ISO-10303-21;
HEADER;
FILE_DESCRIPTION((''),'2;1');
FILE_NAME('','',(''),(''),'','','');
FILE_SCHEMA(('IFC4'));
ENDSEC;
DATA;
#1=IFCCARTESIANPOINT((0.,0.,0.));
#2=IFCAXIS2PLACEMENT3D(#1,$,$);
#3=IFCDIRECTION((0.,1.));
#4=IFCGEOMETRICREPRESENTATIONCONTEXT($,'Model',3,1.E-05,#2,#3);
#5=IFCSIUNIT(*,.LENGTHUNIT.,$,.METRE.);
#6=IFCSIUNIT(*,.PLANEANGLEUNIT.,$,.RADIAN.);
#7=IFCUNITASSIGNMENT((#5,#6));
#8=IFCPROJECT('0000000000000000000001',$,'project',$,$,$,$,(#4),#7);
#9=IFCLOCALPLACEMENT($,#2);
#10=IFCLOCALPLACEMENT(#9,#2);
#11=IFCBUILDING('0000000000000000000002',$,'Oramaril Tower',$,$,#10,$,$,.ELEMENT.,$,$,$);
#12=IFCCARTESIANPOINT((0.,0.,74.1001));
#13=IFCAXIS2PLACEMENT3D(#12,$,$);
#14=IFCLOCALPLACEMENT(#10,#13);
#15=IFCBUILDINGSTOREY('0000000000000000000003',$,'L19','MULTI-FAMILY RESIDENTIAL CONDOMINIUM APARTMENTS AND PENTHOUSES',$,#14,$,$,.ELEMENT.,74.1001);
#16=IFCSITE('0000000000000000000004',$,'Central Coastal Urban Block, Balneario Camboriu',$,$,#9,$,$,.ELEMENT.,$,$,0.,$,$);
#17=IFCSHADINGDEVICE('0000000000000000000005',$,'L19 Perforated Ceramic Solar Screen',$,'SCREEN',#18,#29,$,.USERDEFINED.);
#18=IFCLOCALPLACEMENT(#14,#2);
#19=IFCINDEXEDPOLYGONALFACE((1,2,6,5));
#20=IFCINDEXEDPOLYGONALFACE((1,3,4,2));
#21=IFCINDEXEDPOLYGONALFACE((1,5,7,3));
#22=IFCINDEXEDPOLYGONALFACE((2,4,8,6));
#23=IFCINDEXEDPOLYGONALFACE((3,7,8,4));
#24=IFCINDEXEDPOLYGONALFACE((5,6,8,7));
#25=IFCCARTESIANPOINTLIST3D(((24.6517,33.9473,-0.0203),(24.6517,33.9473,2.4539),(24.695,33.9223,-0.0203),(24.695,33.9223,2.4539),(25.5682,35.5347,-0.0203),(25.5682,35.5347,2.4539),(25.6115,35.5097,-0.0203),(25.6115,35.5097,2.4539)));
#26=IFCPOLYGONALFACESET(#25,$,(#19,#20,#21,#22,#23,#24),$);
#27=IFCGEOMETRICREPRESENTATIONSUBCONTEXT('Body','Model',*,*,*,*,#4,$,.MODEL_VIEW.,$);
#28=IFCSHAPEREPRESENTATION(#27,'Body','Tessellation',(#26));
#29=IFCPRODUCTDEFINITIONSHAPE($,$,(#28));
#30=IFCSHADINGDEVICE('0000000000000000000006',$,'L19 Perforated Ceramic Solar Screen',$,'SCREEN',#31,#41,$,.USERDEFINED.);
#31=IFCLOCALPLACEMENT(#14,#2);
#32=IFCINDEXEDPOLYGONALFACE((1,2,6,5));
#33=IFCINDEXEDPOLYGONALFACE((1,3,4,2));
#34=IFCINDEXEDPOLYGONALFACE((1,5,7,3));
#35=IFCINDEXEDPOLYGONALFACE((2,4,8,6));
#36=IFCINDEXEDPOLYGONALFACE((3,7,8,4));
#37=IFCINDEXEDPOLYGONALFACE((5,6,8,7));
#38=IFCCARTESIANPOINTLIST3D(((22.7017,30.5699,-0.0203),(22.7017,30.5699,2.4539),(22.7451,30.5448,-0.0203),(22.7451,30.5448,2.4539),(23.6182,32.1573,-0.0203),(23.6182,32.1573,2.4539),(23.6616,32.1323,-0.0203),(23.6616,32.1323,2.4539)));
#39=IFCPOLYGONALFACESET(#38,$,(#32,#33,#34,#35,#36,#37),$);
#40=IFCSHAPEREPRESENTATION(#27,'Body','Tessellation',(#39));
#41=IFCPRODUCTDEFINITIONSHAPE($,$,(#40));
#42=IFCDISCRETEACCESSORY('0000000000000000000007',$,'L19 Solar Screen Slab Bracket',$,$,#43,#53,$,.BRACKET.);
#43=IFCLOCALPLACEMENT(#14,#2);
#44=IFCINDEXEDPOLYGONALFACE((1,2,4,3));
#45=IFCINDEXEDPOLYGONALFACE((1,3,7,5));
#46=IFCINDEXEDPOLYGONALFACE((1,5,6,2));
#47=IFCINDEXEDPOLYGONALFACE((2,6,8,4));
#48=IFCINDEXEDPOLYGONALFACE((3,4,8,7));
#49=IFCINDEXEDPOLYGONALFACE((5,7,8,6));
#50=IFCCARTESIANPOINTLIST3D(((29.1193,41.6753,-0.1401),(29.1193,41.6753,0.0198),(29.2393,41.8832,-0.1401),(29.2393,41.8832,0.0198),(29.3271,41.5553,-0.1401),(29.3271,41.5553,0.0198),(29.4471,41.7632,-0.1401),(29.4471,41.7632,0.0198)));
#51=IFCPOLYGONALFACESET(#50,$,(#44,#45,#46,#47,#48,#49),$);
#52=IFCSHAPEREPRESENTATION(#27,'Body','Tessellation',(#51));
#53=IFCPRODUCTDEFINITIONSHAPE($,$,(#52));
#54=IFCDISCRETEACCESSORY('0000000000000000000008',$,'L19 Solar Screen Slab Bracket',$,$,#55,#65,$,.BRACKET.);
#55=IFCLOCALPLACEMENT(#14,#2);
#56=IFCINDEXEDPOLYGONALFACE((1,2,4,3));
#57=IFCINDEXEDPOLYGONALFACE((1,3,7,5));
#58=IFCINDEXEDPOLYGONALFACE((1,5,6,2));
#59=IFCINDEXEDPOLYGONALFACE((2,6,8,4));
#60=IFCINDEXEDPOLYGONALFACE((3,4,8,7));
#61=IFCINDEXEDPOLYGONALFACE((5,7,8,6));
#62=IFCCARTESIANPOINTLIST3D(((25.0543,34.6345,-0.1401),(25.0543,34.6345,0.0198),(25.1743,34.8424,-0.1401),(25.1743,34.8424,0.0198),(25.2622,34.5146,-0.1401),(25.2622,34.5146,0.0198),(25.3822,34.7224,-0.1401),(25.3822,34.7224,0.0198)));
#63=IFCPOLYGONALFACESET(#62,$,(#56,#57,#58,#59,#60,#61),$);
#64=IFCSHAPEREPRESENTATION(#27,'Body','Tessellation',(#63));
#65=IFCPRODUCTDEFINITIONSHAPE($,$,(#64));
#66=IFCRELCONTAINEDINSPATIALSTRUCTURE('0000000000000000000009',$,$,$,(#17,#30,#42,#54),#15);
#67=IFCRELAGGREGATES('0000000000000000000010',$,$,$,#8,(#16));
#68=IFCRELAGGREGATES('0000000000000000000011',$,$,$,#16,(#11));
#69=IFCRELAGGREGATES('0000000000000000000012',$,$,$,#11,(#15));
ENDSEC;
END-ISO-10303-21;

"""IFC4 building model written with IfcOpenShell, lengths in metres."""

from ifc_helpers import new_model, si_unit, direction, frame, origin, origin_2d, place, context, subcontext, project, spatial, rectangle, extrude, element, save


model = new_model("IFC4")

# Units and contexts
model_context = context("Model", 3, precision=1e-05, world=origin(), true_north=direction((0.0, 1.0)))
body_context = subcontext(model_context, "Body", "Model", "MODEL_VIEW")
ifc_project = project(units=[si_unit("LENGTHUNIT", "METRE"), si_unit("PLANEANGLEUNIT", "RADIAN")], contexts=[model_context])

# Site, building, storey
site_placement = place(None, origin())
site = spatial("IfcSite", under=ifc_project, at=site_placement, Name="Central Coastal Urban Block, Balneario Camboriu", CompositionType="ELEMENT", RefElevation=0.0)
building_placement = place(site_placement, origin())
building = spatial("IfcBuilding", under=site, at=building_placement, Name="Oramaril Tower", CompositionType="ELEMENT")
storey_placement = place(building_placement, frame((0.0, 0.0, 74.1001)))
storey = spatial("IfcBuildingStorey", under=building, at=storey_placement, Name="L19", Description="MULTI-FAMILY RESIDENTIAL CONDOMINIUM APARTMENTS AND PENTHOUSES", CompositionType="ELEMENT", Elevation=74.1001)

# Shading devices
for number, where, z_axis, x_axis, name in (
    (1, (25.1316, 34.7285, -0.0203), (0.0, 0.0, 1.0), (-0.5, -0.866025, 0.0), "L19 Perforated Ceramic Solar Screen"),
    (2, (23.1816, 31.3511, -0.0203), (0.0, 0.0, 1.0), (-0.5, -0.866025, 0.0), "L19 Perforated Ceramic Solar Screen"),
):
    element("IfcShadingDevice", number, at=place(storey_placement, frame(where, z_axis=z_axis, x_axis=x_axis)), inside=storey, Name=name, ObjectType="SCREEN", PredefinedType="USERDEFINED", context=body_context, shape_type="SweptSolid", body=[
        extrude(rectangle(XDim=1.833, YDim=0.05, at=origin_2d()), origin(), (0.0, 0.0, 1.0), 2.4741),
    ])

# Discrete accessories
for number, where, z_axis, x_axis, name in (
    (3, (29.2832, 41.7192, -0.1401), (0.0, 0.0, 1.0), (-0.5, -0.866025, 0.0), "L19 Solar Screen Slab Bracket"),
    (4, (25.2183, 34.6785, -0.1401), (0.0, 0.0, 1.0), (-0.5, -0.866025, 0.0), "L19 Solar Screen Slab Bracket"),
):
    element("IfcDiscreteAccessory", number, at=place(storey_placement, frame(where, z_axis=z_axis, x_axis=x_axis)), inside=storey, Name=name, PredefinedType="BRACKET", context=body_context, shape_type="SweptSolid", body=[
        extrude(rectangle(XDim=0.24, YDim=0.24, at=origin_2d()), origin(), (0.0, 0.0, 1.0), 0.1599),
    ])

save(model, "model.ifc")
